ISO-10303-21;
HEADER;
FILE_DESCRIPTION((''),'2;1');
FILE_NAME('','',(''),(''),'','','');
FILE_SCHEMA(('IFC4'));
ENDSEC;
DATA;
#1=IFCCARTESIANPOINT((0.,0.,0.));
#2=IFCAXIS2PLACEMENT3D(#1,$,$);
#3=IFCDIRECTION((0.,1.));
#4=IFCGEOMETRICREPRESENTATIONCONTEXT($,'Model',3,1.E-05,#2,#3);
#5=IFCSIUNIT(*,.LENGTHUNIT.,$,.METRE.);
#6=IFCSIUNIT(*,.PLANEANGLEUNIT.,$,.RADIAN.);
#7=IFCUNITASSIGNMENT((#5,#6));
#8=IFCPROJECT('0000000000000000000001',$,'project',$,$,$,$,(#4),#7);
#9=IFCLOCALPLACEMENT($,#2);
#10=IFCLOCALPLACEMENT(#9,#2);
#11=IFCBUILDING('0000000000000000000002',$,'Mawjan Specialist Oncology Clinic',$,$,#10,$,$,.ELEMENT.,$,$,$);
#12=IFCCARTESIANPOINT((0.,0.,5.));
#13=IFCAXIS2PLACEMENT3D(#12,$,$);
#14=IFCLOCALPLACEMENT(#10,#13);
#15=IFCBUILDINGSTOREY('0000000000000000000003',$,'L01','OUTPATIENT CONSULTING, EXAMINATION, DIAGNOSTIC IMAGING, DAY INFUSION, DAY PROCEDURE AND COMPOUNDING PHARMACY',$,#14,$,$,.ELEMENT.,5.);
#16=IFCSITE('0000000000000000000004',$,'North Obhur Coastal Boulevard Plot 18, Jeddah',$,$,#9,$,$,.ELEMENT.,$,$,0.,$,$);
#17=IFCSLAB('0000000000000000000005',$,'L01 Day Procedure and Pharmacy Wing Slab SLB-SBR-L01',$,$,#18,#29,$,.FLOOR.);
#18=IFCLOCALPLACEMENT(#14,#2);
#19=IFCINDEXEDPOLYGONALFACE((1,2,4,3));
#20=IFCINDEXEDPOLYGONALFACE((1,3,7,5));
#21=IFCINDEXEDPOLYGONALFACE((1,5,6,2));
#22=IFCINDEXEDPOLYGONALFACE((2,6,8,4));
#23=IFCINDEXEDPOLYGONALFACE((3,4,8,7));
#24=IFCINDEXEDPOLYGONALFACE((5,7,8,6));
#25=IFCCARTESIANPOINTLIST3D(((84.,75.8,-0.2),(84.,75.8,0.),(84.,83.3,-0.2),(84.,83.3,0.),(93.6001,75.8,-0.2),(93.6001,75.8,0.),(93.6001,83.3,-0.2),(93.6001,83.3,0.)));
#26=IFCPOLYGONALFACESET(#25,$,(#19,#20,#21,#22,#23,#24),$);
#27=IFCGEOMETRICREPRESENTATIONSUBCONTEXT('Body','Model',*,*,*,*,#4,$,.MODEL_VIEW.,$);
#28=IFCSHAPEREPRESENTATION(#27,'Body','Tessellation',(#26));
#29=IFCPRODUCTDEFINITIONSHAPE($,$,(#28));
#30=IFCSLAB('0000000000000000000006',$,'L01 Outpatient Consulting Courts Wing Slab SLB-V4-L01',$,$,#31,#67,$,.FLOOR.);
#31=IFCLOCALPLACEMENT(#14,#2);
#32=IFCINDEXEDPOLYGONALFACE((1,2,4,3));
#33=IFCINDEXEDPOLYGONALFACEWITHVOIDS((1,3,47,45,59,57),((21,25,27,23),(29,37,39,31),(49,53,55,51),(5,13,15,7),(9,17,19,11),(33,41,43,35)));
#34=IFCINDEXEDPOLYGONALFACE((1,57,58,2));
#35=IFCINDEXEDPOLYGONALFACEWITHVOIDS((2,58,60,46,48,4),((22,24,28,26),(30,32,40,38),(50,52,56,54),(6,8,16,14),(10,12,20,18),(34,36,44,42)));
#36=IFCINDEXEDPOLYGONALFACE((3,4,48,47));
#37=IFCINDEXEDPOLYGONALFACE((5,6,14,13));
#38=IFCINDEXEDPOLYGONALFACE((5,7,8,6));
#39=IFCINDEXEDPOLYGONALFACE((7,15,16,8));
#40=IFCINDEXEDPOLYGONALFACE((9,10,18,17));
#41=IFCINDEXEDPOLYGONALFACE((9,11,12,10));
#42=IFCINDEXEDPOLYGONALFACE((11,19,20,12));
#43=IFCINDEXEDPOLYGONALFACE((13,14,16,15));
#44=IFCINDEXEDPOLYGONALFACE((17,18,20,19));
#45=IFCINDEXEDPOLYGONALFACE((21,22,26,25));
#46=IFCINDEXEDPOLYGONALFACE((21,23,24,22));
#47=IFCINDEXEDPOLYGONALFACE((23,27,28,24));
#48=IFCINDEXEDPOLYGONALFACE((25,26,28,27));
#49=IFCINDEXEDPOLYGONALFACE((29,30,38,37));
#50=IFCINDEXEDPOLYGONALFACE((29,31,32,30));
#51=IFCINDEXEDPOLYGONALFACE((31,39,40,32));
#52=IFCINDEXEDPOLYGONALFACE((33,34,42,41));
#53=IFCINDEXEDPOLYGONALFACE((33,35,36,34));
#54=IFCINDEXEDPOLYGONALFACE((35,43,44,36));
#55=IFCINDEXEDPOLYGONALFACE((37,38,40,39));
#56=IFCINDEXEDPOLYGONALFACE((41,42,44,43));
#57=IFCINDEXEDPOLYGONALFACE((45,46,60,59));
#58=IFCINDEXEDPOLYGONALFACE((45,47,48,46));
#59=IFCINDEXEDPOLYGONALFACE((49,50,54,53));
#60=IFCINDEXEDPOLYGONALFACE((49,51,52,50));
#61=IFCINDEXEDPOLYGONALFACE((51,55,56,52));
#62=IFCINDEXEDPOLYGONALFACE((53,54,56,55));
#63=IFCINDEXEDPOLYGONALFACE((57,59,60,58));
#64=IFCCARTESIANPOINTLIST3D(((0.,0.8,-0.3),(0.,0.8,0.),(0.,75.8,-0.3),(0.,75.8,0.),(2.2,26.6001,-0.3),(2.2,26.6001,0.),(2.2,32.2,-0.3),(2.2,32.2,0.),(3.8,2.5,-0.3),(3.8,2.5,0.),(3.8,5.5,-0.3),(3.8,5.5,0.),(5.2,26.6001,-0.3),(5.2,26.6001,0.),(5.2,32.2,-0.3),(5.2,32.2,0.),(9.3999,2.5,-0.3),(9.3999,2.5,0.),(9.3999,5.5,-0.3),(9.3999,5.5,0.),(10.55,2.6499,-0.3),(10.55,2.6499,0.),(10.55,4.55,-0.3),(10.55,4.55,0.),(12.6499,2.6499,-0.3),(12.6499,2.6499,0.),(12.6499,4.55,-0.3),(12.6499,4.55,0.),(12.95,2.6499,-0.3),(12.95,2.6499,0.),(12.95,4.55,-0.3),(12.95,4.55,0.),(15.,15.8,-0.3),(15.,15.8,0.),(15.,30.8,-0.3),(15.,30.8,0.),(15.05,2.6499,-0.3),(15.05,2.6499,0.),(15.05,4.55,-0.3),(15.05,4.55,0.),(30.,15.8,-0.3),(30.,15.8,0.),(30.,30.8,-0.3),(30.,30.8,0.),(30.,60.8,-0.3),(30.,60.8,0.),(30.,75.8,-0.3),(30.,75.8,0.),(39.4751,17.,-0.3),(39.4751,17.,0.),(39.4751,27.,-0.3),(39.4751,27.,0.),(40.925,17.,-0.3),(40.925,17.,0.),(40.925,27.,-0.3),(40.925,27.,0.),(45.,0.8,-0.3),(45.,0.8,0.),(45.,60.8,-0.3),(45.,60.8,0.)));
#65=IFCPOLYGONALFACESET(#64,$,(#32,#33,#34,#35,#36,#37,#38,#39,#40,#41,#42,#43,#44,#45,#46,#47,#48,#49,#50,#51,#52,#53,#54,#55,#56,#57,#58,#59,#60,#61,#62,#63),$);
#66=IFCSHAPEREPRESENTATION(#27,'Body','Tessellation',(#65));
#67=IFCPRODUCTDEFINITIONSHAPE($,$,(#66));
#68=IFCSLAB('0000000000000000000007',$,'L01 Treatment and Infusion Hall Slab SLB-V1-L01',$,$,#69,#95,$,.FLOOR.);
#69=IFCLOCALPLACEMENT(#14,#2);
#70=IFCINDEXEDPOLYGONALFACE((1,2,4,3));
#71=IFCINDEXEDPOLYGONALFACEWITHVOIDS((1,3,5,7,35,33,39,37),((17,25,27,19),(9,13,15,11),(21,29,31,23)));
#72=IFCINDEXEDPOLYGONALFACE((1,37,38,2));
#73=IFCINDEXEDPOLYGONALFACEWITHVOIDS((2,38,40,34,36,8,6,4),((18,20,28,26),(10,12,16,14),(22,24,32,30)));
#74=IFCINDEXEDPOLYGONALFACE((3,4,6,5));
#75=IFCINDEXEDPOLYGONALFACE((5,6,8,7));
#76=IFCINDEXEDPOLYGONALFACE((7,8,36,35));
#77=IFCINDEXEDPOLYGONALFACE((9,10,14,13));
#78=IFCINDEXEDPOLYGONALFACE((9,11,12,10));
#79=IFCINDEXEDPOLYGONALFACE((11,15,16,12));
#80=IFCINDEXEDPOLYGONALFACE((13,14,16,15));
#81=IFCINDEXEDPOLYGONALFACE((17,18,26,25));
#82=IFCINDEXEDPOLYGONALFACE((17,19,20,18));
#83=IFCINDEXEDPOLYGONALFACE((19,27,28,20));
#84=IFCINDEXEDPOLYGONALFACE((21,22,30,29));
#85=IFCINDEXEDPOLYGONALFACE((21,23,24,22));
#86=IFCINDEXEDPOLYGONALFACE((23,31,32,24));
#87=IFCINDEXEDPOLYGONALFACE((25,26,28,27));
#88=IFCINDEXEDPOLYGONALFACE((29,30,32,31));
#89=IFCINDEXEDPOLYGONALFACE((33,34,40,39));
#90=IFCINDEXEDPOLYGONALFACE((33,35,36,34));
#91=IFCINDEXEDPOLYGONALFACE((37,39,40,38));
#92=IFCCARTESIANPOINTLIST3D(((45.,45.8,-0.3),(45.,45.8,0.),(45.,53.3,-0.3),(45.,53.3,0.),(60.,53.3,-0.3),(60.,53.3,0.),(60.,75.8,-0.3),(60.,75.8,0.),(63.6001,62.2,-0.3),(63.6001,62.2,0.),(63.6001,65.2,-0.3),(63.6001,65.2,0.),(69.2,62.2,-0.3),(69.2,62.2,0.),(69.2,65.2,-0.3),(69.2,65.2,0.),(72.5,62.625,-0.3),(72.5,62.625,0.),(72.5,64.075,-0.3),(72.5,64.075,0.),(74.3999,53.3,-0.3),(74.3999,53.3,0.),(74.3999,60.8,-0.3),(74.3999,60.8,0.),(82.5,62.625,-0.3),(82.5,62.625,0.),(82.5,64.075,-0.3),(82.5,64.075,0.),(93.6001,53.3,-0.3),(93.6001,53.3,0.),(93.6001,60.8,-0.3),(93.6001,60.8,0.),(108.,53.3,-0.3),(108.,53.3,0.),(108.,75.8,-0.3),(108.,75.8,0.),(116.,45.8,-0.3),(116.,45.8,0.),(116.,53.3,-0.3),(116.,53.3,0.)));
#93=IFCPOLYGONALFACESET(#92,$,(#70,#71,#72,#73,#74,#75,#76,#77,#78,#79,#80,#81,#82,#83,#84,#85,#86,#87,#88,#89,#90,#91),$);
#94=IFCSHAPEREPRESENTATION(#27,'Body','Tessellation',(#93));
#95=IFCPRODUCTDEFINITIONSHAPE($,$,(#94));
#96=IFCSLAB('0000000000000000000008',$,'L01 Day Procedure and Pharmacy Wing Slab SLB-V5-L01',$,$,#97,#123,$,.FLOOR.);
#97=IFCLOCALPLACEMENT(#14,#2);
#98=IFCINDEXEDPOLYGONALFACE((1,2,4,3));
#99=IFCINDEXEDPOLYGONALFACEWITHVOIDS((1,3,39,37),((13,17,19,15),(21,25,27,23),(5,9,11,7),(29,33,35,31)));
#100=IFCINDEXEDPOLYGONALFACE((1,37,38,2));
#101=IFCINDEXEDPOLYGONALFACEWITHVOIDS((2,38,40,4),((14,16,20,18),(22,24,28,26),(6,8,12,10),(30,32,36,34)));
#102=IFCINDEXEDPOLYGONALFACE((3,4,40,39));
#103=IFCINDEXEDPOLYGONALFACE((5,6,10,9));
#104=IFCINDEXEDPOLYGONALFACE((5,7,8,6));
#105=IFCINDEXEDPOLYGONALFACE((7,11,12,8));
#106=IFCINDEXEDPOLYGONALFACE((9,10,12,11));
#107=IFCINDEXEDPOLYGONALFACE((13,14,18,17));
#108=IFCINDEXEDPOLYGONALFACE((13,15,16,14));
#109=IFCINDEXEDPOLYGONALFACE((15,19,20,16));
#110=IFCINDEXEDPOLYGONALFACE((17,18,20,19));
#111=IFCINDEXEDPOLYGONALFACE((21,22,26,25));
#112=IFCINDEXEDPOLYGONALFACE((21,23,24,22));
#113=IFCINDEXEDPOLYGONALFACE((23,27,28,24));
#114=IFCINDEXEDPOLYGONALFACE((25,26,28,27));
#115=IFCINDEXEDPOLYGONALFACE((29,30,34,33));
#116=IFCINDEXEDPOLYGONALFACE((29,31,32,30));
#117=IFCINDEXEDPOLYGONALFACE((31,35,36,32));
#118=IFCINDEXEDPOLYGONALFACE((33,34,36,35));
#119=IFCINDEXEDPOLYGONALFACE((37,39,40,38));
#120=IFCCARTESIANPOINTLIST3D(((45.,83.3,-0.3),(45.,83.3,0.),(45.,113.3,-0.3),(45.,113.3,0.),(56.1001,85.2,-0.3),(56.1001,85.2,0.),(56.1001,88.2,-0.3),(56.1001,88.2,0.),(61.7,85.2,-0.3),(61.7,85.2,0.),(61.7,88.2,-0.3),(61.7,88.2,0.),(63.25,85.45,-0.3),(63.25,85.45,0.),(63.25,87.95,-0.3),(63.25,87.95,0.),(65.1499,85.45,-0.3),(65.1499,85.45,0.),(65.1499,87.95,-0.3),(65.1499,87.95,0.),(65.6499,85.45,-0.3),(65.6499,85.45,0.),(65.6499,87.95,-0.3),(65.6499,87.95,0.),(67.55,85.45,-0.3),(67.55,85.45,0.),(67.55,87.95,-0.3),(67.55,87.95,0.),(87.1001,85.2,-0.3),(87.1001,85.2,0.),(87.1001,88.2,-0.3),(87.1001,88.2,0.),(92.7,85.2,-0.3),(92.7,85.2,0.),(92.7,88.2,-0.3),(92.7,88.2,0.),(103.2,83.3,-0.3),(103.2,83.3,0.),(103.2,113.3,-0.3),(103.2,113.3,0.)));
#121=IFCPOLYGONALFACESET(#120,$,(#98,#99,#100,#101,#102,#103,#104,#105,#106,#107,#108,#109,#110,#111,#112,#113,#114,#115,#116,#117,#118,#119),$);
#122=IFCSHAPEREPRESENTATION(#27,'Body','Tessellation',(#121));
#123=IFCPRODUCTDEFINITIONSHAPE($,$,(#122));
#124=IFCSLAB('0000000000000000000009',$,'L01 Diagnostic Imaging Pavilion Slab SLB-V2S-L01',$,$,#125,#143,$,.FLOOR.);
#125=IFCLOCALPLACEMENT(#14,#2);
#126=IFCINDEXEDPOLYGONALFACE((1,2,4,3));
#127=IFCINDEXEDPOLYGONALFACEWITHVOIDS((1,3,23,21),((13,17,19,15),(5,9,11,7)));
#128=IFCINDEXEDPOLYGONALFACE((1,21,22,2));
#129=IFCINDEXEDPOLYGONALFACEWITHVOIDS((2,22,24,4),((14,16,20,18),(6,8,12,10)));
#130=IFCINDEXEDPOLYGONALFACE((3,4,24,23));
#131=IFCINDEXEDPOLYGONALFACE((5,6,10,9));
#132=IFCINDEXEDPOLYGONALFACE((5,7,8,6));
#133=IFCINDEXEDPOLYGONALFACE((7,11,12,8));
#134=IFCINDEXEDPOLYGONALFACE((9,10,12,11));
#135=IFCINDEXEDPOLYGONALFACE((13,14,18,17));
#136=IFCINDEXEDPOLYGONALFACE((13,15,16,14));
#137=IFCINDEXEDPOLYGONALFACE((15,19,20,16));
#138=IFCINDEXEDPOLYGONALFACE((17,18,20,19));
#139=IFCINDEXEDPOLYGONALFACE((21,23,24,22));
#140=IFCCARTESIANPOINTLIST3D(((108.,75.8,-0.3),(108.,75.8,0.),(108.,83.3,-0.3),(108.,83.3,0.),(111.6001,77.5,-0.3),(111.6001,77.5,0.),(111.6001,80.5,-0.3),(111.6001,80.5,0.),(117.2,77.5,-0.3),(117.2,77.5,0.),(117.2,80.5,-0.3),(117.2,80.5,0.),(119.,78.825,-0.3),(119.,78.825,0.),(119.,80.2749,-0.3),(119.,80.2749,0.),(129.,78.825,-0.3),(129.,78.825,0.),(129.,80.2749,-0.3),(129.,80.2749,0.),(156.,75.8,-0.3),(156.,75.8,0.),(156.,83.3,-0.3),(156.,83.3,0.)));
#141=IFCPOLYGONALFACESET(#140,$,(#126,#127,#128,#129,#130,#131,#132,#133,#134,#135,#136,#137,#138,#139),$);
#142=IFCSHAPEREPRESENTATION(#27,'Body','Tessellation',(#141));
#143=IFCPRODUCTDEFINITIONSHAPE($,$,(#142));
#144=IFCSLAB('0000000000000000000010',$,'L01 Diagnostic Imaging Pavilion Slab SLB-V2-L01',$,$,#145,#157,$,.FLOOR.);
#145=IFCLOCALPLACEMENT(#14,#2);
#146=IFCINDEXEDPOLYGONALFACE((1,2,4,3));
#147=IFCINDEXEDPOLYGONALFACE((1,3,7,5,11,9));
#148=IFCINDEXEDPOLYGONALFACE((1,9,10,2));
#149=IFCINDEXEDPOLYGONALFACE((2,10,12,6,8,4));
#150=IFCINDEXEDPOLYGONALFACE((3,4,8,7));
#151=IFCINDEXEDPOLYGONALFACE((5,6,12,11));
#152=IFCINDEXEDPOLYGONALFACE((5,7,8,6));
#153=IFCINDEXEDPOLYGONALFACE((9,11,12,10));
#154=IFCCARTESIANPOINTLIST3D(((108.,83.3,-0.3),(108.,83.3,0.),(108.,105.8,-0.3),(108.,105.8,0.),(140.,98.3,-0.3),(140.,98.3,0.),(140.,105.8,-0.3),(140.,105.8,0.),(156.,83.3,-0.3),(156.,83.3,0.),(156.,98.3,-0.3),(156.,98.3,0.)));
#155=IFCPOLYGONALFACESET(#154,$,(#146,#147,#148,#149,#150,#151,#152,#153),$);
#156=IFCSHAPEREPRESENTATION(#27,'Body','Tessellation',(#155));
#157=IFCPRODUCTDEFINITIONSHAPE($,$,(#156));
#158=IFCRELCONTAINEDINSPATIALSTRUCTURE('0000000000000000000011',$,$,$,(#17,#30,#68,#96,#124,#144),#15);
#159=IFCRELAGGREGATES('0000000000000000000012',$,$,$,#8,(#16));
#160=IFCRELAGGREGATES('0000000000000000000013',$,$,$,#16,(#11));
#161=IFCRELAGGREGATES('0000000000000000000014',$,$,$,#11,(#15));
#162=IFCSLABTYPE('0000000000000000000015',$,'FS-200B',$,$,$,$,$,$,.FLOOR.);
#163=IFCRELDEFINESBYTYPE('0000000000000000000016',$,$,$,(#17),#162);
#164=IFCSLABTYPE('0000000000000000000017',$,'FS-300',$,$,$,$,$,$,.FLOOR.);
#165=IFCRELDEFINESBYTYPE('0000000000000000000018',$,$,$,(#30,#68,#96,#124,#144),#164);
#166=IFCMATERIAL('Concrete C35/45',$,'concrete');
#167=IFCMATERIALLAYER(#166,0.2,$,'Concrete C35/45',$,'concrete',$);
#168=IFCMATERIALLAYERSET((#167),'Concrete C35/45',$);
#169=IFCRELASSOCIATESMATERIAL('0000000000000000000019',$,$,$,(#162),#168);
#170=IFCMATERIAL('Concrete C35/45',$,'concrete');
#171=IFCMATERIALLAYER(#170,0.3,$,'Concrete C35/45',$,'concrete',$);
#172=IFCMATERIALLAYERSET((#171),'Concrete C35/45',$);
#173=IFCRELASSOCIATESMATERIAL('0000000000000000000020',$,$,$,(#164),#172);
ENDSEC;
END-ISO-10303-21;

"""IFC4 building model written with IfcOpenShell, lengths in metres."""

from ifc_helpers import new_model, si_unit, direction, frame, origin, place, context, subcontext, project, spatial, polyline, outline, extrude, material, layer, layer_set, type_object, element, save


model = new_model("IFC4")

# Units and contexts
model_context = context("Model", 3, precision=1e-05, world=origin(), true_north=direction((0.0, 1.0)))
body_context = subcontext(model_context, "Body", "Model", "MODEL_VIEW")
ifc_project = project(units=[si_unit("LENGTHUNIT", "METRE"), si_unit("PLANEANGLEUNIT", "RADIAN")], contexts=[model_context])

# Site, building, storey
site_placement = place(None, origin())
site = spatial("IfcSite", under=ifc_project, at=site_placement, Name="North Obhur Coastal Boulevard Plot 18, Jeddah", CompositionType="ELEMENT", RefElevation=0.0)
building_placement = place(site_placement, origin())
building = spatial("IfcBuilding", under=site, at=building_placement, Name="Mawjan Specialist Oncology Clinic", CompositionType="ELEMENT")
storey_placement = place(building_placement, frame((0.0, 0.0, 5.0)))
storey = spatial("IfcBuildingStorey", under=building, at=storey_placement, Name="L01", Description="OUTPATIENT CONSULTING, EXAMINATION, DIAGNOSTIC IMAGING, DAY INFUSION, DAY PROCEDURE AND COMPOUNDING PHARMACY", CompositionType="ELEMENT", Elevation=5.0)

# Slabs
ifc_material_1 = material(Name="Concrete C35/45", Category="concrete")
ifc_layer_1 = layer(ifc_material_1, 0.2, Name="Concrete C35/45", Category="concrete")
ifc_layer_set_1 = layer_set([ifc_layer_1], Name="Concrete C35/45")
slab_type_1 = type_object("IfcSlabType", Name="FS-200B", PredefinedType="FLOOR", material=ifc_layer_set_1)
slab_1_placement = place(storey_placement, frame((0.0, 0.0, -0.2)))
element("IfcSlab", 1, at=slab_1_placement, inside=storey, type_object=slab_type_1, Name="L01 Day Procedure and Pharmacy Wing Slab SLB-SBR-L01", PredefinedType="FLOOR", context=body_context, shape_type="SweptSolid", body=[
    extrude(outline(polyline([(84.0, 75.8), (93.6001, 75.8), (93.6001, 83.3), (84.0, 83.3), (84.0, 75.8)])), origin(), (0.0, 0.0, 1.0), 0.2),
])
ifc_material_2 = material(Name="Concrete C35/45", Category="concrete")
ifc_layer_2 = layer(ifc_material_2, 0.3, Name="Concrete C35/45", Category="concrete")
ifc_layer_set_2 = layer_set([ifc_layer_2], Name="Concrete C35/45")
slab_type_2 = type_object("IfcSlabType", Name="FS-300", PredefinedType="FLOOR", material=ifc_layer_set_2)
slab_2_placement = place(storey_placement, frame((0.0, 0.0, -0.3)))
element("IfcSlab", 2, at=slab_2_placement, inside=storey, type_object=slab_type_2, Name="L01 Outpatient Consulting Courts Wing Slab SLB-V4-L01", PredefinedType="FLOOR", context=body_context, shape_type="SweptSolid", body=[
    extrude(outline(polyline([(0.0, 0.8), (45.0, 0.8), (45.0, 60.8), (30.0, 60.8), (30.0, 75.8), (0.0, 75.8), (0.0, 0.8)]), holes=[polyline([(15.0, 15.8), (30.0, 15.8), (30.0, 30.8), (15.0, 30.8), (15.0, 15.8)]), polyline([(3.8, 2.5), (9.3999, 2.5), (9.3999, 5.5), (3.8, 5.5), (3.8, 2.5)]), polyline([(10.55, 2.6499), (12.6499, 2.6499), (12.6499, 4.55), (10.55, 4.55), (10.55, 2.6499)]), polyline([(12.95, 2.6499), (15.05, 2.6499), (15.05, 4.55), (12.95, 4.55), (12.95, 2.6499)]), polyline([(5.2, 26.6001), (5.2, 32.2), (2.2, 32.2), (2.2, 26.6001), (5.2, 26.6001)]), polyline([(39.4751, 17.0), (40.925, 17.0), (40.925, 27.0), (39.4751, 27.0), (39.4751, 17.0)])]), origin(), (0.0, 0.0, 1.0), 0.3),
])
slab_3_placement = place(storey_placement, frame((0.0, 0.0, -0.3)))
element("IfcSlab", 3, at=slab_3_placement, inside=storey, type_object=slab_type_2, Name="L01 Treatment and Infusion Hall Slab SLB-V1-L01", PredefinedType="FLOOR", context=body_context, shape_type="SweptSolid", body=[
    extrude(outline(polyline([(45.0, 45.8), (116.0, 45.8), (116.0, 53.3), (108.0, 53.3), (108.0, 75.8), (60.0, 75.8), (60.0, 53.3), (45.0, 53.3), (45.0, 45.8)]), holes=[polyline([(74.3999, 53.3), (93.6001, 53.3), (93.6001, 60.8), (74.3999, 60.8), (74.3999, 53.3)]), polyline([(63.6001, 62.2), (69.2, 62.2), (69.2, 65.2), (63.6001, 65.2), (63.6001, 62.2)]), polyline([(72.5, 62.625), (82.5, 62.625), (82.5, 64.075), (72.5, 64.075), (72.5, 62.625)])]), origin(), (0.0, 0.0, 1.0), 0.3),
])
slab_4_placement = place(storey_placement, frame((0.0, 0.0, -0.3)))
element("IfcSlab", 4, at=slab_4_placement, inside=storey, type_object=slab_type_2, Name="L01 Day Procedure and Pharmacy Wing Slab SLB-V5-L01", PredefinedType="FLOOR", context=body_context, shape_type="SweptSolid", body=[
    extrude(outline(polyline([(45.0, 83.3), (103.2, 83.3), (103.2, 113.3), (45.0, 113.3), (45.0, 83.3)]), holes=[polyline([(56.1001, 85.2), (61.7, 85.2), (61.7, 88.2), (56.1001, 88.2), (56.1001, 85.2)]), polyline([(63.25, 85.45), (65.1499, 85.45), (65.1499, 87.95), (63.25, 87.95), (63.25, 85.45)]), polyline([(65.6499, 85.45), (67.55, 85.45), (67.55, 87.95), (65.6499, 87.95), (65.6499, 85.45)]), polyline([(87.1001, 85.2), (92.7, 85.2), (92.7, 88.2), (87.1001, 88.2), (87.1001, 85.2)])]), origin(), (0.0, 0.0, 1.0), 0.3),
])
slab_5_placement = place(storey_placement, frame((0.0, 0.0, -0.3)))
element("IfcSlab", 5, at=slab_5_placement, inside=storey, type_object=slab_type_2, Name="L01 Diagnostic Imaging Pavilion Slab SLB-V2S-L01", PredefinedType="FLOOR", context=body_context, shape_type="SweptSolid", body=[
    extrude(outline(polyline([(108.0, 75.8), (156.0, 75.8), (156.0, 83.3), (108.0, 83.3), (108.0, 75.8)]), holes=[polyline([(111.6001, 77.5), (117.2, 77.5), (117.2, 80.5), (111.6001, 80.5), (111.6001, 77.5)]), polyline([(119.0, 78.825), (129.0, 78.825), (129.0, 80.2749), (119.0, 80.2749), (119.0, 78.825)])]), origin(), (0.0, 0.0, 1.0), 0.3),
])
slab_6_placement = place(storey_placement, frame((0.0, 0.0, -0.3)))
element("IfcSlab", 6, at=slab_6_placement, inside=storey, type_object=slab_type_2, Name="L01 Diagnostic Imaging Pavilion Slab SLB-V2-L01", PredefinedType="FLOOR", context=body_context, shape_type="SweptSolid", body=[
    extrude(outline(polyline([(108.0, 83.3), (156.0, 83.3), (156.0, 98.3), (140.0, 98.3), (140.0, 105.8), (108.0, 105.8), (108.0, 83.3)])), origin(), (0.0, 0.0, 1.0), 0.3),
])

save(model, "model.ifc")
